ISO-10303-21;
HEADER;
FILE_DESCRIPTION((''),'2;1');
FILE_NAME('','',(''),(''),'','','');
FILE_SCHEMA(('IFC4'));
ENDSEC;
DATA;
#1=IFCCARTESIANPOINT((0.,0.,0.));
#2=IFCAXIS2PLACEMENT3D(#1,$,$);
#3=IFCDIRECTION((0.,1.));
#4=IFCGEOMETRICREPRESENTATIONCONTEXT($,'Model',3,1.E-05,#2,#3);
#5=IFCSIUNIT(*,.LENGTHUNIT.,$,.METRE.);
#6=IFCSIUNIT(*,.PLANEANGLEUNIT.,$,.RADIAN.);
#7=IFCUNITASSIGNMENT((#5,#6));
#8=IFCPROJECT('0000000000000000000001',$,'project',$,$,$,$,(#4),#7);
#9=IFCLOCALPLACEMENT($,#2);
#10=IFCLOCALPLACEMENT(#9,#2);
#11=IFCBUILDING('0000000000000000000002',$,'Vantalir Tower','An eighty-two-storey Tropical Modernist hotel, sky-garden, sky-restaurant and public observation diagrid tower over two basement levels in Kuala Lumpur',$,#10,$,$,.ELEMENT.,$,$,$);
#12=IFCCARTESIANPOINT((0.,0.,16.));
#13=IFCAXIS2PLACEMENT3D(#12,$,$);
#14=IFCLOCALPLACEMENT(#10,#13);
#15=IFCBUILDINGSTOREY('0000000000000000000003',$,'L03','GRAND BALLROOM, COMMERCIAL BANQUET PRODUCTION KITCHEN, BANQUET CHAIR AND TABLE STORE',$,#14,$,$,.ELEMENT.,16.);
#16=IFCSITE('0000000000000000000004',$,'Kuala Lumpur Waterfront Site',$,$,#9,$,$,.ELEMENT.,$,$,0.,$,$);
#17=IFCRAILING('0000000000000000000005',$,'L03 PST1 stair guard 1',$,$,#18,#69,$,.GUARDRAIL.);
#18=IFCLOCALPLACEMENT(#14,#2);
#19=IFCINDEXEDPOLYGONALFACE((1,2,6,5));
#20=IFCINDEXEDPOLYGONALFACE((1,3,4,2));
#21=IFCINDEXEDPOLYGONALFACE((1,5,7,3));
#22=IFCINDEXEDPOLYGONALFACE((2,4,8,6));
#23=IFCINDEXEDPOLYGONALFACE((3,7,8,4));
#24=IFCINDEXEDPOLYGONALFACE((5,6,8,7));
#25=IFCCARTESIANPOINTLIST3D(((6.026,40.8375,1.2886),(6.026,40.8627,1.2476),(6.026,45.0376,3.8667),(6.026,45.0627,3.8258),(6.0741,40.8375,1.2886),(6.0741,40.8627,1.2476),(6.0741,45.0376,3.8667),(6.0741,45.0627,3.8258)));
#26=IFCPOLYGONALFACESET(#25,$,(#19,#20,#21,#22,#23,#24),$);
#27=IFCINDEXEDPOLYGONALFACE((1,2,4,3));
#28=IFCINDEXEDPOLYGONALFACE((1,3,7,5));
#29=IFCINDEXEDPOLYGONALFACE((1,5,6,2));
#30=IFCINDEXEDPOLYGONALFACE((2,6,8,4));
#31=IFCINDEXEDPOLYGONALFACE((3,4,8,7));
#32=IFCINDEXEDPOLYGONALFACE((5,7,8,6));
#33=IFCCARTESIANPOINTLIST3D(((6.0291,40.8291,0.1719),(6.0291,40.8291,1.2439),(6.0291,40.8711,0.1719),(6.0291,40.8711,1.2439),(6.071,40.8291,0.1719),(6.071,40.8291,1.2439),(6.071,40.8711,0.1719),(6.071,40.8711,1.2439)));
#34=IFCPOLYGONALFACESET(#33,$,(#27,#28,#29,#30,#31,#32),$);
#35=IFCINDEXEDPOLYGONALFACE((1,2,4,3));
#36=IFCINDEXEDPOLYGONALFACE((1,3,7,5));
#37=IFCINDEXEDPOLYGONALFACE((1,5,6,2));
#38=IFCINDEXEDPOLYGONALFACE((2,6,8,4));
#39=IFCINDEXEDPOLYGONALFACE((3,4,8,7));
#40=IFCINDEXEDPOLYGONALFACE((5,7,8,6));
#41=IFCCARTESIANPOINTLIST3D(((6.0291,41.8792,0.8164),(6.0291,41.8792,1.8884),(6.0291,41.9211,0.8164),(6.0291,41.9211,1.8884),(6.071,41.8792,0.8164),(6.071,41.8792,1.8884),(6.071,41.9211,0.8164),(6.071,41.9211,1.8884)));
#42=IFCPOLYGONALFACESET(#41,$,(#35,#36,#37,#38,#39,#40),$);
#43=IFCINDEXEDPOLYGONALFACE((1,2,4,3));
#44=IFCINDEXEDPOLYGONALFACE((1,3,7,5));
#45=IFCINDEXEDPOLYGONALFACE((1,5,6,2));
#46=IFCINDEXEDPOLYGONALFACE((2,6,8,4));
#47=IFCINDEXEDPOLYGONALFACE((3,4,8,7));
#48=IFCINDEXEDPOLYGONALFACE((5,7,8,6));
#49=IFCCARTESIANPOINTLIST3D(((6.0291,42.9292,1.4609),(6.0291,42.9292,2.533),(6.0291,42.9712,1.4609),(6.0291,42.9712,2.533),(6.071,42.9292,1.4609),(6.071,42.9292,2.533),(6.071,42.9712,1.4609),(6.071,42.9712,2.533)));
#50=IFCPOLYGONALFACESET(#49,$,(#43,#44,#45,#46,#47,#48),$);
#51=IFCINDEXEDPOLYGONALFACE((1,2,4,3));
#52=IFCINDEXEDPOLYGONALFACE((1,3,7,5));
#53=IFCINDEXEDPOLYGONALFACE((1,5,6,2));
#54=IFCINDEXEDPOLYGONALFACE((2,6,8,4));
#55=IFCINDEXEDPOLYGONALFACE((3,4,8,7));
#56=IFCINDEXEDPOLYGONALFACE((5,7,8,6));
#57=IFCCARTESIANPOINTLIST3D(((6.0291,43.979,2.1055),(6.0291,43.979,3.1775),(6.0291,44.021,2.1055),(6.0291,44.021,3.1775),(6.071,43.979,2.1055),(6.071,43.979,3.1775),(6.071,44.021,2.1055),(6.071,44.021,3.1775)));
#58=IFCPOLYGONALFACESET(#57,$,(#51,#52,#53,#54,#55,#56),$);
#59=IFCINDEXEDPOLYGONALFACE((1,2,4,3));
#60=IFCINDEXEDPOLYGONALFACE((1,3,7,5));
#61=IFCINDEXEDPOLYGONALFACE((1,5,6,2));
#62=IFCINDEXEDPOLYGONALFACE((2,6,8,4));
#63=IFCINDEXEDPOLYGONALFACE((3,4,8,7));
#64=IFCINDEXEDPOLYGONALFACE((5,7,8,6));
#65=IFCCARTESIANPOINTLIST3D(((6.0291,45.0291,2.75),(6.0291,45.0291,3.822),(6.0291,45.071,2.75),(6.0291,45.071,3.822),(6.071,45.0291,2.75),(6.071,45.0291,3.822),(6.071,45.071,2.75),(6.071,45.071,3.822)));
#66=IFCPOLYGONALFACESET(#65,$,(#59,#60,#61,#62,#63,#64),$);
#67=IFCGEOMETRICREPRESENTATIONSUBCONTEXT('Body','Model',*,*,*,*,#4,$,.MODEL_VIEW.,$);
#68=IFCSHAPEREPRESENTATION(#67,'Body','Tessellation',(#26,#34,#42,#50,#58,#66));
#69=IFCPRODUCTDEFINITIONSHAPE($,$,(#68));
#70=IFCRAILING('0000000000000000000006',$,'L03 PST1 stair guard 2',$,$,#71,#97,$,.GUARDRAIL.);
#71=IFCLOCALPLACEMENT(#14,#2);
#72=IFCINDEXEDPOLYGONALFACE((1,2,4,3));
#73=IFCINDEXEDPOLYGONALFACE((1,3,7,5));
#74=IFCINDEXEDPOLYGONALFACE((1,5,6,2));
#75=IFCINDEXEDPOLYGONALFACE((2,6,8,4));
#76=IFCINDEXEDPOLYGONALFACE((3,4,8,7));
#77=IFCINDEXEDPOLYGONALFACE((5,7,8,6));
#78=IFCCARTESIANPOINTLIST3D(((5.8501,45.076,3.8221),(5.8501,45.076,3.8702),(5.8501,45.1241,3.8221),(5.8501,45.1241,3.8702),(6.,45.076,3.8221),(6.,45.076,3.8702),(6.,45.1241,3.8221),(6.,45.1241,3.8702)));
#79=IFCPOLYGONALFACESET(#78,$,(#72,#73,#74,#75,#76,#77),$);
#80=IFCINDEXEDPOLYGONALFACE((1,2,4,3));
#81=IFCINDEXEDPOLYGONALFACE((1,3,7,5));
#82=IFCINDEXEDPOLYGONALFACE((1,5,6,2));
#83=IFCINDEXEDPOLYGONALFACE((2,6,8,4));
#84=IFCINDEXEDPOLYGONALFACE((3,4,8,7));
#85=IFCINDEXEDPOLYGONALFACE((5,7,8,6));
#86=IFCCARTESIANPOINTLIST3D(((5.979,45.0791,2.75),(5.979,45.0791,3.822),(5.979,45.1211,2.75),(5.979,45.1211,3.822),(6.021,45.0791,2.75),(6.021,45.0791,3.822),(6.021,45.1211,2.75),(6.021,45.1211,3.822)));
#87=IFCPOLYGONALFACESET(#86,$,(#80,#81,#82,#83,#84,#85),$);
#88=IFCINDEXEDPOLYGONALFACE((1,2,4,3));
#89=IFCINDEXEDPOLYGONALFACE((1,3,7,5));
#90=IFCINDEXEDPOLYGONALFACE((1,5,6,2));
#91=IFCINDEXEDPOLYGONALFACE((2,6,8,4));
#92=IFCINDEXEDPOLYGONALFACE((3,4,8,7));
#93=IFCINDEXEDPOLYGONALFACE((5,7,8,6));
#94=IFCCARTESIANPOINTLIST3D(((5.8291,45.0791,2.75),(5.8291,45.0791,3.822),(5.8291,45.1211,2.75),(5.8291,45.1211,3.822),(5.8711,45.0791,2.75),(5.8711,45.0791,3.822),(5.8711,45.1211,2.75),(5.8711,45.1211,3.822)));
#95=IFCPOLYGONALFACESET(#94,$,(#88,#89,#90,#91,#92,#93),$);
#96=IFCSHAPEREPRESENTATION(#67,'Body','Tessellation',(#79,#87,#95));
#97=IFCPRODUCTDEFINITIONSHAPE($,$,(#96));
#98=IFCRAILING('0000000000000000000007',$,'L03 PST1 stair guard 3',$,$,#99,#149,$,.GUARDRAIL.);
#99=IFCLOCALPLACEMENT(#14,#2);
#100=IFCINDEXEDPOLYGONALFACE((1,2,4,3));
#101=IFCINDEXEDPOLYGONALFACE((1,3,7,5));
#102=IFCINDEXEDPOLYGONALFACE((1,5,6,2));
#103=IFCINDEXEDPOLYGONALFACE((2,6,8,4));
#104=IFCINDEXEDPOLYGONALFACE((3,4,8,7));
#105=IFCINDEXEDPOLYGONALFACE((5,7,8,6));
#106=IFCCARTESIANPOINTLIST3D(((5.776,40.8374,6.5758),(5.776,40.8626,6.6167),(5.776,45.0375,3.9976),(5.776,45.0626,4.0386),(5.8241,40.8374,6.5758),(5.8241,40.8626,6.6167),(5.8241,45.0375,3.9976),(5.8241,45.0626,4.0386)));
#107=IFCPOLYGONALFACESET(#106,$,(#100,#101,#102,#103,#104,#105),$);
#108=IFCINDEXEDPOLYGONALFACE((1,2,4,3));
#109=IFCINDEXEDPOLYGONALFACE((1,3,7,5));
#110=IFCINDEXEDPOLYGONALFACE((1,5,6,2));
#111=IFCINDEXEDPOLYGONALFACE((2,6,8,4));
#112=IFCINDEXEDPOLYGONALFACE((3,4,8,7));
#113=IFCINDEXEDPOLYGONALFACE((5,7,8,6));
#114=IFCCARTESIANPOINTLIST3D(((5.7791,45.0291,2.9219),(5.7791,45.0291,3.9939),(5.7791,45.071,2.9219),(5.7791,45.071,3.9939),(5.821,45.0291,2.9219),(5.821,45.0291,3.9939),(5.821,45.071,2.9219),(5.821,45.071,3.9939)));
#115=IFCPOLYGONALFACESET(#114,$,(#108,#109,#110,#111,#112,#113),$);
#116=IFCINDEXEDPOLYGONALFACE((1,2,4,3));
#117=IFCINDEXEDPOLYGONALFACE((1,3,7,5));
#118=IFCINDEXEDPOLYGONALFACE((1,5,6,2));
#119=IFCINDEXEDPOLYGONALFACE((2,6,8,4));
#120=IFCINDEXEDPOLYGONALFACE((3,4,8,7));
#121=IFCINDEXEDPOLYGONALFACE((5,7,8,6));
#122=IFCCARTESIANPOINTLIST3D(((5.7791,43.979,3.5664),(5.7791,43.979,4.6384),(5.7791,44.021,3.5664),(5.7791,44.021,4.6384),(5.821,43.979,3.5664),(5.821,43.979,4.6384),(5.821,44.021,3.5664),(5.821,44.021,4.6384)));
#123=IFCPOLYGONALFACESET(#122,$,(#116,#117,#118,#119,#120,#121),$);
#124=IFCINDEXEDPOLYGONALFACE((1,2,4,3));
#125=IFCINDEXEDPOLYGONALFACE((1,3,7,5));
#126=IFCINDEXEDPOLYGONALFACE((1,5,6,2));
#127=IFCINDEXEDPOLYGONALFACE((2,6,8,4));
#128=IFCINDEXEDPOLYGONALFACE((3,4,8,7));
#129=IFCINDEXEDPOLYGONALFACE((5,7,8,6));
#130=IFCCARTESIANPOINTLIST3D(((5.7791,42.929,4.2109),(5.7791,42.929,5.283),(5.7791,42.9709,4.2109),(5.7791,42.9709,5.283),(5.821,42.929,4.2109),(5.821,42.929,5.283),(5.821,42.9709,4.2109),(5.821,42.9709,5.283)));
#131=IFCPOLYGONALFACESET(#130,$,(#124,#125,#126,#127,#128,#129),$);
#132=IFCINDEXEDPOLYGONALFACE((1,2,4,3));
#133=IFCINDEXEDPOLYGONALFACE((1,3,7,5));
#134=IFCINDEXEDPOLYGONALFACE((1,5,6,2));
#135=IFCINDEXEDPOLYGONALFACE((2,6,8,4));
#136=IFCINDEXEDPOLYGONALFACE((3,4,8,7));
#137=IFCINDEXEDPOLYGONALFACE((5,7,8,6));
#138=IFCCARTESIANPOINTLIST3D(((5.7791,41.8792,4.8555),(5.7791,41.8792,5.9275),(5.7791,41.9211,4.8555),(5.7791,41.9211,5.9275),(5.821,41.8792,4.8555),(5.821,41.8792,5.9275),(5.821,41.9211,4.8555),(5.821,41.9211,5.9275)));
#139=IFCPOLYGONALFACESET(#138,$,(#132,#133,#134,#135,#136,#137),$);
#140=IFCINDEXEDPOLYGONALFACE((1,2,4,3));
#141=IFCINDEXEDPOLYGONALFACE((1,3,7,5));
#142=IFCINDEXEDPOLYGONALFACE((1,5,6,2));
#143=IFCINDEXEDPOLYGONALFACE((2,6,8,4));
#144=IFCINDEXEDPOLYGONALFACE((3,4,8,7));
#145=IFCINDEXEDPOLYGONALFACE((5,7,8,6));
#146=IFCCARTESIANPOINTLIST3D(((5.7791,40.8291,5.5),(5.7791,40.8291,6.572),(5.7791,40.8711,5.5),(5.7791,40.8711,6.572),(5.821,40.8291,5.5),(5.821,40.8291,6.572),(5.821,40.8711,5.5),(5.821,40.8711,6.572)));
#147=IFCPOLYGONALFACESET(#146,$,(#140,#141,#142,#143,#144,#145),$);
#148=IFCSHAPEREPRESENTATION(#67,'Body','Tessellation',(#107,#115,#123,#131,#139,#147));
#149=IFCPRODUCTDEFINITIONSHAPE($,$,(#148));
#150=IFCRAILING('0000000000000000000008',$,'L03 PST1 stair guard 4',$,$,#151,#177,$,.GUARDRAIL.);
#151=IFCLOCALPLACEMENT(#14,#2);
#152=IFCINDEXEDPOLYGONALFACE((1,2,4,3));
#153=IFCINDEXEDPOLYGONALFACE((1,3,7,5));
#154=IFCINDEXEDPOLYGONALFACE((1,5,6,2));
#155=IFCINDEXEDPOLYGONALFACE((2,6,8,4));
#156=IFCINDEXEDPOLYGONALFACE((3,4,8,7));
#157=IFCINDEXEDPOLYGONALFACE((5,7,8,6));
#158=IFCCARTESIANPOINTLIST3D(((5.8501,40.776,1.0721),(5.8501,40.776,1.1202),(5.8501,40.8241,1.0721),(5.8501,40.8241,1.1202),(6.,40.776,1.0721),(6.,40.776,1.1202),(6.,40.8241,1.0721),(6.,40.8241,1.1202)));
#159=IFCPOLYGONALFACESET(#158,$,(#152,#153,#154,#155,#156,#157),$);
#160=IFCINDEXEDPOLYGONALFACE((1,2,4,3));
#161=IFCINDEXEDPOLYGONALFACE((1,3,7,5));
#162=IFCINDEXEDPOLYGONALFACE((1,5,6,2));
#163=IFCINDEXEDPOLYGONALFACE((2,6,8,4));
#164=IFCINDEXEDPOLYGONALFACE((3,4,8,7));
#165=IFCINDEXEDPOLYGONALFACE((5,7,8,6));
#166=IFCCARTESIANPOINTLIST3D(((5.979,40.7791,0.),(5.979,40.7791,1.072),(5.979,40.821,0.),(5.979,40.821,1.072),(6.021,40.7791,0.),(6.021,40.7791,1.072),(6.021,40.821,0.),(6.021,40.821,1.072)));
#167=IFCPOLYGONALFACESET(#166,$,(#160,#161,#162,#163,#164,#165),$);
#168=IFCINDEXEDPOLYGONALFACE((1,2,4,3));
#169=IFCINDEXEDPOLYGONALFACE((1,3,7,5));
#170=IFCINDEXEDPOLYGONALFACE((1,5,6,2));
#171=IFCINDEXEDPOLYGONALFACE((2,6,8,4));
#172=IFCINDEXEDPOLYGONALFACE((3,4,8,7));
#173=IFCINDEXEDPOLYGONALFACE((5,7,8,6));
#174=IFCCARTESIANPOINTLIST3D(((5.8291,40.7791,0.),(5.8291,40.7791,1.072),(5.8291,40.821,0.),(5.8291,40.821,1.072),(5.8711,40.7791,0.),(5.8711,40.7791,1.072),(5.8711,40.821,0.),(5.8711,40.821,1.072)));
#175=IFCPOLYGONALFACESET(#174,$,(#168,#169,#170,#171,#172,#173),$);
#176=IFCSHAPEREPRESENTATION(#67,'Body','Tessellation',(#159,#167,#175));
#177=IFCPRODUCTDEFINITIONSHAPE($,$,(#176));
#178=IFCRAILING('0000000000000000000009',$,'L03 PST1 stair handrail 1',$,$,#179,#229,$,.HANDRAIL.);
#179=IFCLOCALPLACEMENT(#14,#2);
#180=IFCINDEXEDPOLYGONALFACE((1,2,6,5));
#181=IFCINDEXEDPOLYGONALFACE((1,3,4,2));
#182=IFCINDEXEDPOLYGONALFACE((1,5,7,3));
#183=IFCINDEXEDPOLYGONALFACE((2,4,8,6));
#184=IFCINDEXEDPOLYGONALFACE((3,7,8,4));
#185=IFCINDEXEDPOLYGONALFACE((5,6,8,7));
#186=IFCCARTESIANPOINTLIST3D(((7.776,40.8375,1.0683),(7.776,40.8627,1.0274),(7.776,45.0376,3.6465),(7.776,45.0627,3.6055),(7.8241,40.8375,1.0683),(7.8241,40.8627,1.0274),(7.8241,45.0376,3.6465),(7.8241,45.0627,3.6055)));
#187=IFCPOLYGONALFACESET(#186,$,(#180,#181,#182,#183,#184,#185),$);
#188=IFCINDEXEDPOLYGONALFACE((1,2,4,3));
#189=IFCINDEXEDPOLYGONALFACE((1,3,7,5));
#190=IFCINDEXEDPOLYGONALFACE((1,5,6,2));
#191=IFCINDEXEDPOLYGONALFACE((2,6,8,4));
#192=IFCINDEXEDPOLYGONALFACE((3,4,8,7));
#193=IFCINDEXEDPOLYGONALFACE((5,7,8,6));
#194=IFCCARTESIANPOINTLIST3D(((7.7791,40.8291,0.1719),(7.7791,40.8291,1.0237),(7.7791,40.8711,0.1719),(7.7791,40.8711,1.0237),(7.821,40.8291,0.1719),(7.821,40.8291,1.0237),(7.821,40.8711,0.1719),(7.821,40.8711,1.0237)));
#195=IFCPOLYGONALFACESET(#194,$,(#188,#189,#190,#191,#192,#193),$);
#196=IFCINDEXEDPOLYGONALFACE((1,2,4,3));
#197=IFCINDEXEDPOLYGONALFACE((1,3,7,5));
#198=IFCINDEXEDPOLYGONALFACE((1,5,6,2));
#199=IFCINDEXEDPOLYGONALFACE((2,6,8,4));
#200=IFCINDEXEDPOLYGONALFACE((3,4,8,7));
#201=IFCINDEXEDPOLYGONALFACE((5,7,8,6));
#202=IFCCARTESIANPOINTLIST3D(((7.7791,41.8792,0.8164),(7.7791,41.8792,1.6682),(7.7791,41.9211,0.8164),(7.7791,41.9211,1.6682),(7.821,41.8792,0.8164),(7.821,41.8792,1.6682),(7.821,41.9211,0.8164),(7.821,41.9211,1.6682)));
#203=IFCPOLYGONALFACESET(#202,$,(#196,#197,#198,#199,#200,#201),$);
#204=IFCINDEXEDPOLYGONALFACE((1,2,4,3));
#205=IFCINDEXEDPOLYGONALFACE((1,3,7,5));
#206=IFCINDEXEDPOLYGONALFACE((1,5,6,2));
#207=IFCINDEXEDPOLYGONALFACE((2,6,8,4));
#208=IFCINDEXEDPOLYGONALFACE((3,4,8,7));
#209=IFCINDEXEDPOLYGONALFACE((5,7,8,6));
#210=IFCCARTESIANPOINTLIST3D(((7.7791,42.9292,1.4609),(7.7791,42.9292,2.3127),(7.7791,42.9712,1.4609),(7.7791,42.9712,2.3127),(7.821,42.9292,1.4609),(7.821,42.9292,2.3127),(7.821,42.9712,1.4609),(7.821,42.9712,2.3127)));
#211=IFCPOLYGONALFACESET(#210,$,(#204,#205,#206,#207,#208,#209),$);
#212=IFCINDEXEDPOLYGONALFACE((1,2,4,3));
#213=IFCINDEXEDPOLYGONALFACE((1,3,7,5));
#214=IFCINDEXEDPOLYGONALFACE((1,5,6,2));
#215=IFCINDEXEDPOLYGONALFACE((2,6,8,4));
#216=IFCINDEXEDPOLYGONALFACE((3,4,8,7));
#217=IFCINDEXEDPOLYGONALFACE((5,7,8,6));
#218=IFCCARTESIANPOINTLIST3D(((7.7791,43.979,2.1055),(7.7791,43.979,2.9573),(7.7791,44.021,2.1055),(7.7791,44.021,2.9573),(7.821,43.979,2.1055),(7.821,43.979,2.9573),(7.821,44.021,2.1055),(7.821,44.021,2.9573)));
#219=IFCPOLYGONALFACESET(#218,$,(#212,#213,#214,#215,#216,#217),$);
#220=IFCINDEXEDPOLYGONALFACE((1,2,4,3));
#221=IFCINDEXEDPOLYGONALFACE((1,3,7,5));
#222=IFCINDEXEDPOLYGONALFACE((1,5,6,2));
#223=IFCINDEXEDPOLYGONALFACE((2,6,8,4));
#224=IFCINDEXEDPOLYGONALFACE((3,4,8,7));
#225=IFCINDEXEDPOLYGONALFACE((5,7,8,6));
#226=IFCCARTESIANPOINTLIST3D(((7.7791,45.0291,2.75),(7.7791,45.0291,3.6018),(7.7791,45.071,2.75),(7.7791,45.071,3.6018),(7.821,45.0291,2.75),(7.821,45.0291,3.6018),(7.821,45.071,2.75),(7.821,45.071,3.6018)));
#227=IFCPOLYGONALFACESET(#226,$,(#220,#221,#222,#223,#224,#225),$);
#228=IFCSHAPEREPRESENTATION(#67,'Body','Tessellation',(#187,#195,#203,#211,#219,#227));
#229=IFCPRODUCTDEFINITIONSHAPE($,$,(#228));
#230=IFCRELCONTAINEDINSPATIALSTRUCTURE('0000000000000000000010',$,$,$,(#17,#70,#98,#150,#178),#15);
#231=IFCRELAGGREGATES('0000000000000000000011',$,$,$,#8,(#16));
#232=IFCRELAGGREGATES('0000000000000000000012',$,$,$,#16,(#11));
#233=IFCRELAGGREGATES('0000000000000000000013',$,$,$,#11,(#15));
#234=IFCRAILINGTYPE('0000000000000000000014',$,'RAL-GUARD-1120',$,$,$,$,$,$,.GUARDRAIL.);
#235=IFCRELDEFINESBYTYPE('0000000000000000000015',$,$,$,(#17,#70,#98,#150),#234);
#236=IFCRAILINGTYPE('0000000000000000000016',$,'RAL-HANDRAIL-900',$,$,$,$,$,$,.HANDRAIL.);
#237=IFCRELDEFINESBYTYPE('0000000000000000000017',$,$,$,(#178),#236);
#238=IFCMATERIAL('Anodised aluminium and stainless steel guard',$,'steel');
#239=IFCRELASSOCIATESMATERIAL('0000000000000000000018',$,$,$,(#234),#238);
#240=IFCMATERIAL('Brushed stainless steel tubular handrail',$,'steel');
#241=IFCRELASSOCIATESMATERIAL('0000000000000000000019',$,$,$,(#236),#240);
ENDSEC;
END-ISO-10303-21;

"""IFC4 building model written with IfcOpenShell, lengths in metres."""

from ifc_helpers import new_model, si_unit, direction, frame, origin, origin_2d, place, context, subcontext, project, spatial, rectangle, extrude, material, type_object, element, save


model = new_model("IFC4")

# Units and contexts
model_context = context("Model", 3, precision=1e-05, world=origin(), true_north=direction((0.0, 1.0)))
body_context = subcontext(model_context, "Body", "Model", "MODEL_VIEW")
ifc_project = project(units=[si_unit("LENGTHUNIT", "METRE"), si_unit("PLANEANGLEUNIT", "RADIAN")], contexts=[model_context])

# Site, building, storey
site_placement = place(None, origin())
site = spatial("IfcSite", under=ifc_project, at=site_placement, Name="Kuala Lumpur Waterfront Site", CompositionType="ELEMENT", RefElevation=0.0)
building_placement = place(site_placement, origin())
building = spatial("IfcBuilding", under=site, at=building_placement, Name="Vantalir Tower", Description="An eighty-two-storey Tropical Modernist hotel, sky-garden, sky-restaurant and public observation diagrid tower over two basement levels in Kuala Lumpur", CompositionType="ELEMENT")
storey_placement = place(building_placement, frame((0.0, 0.0, 16.0)))
storey = spatial("IfcBuildingStorey", under=building, at=storey_placement, Name="L03", Description="GRAND BALLROOM, COMMERCIAL BANQUET PRODUCTION KITCHEN, BANQUET CHAIR AND TABLE STORE", CompositionType="ELEMENT", Elevation=16.0)

# Railings
ifc_material_1 = material(Name="Anodised aluminium and stainless steel guard", Category="steel")
railing_type_1 = type_object("IfcRailingType", Name="RAL-GUARD-1120", PredefinedType="GUARDRAIL", material=ifc_material_1)
railing_1_placement = place(storey_placement, frame((6.05, 40.8501, 0.1719)))
element("IfcRailing", 1, at=railing_1_placement, inside=storey, type_object=railing_type_1, Name="L03 PST1 stair guard 1", PredefinedType="GUARDRAIL", context=body_context, shape_type="SweptSolid", body=[
    extrude(rectangle(XDim=0.0481, YDim=0.0481, at=origin_2d()), frame((0.0, 0.0, 1.0962), z_axis=(0.0, 0.852243, 0.523146), x_axis=(-1.0, 0.0, 0.0)), (0.0, 0.0, 1.0), 4.9282),
    extrude(rectangle(XDim=0.042, YDim=0.042, at=origin_2d()), origin(), (0.0, 0.0, 1.0), 1.072),
    extrude(rectangle(XDim=0.042, YDim=0.042, at=origin_2d()), frame((0.0, 1.05, 0.6445)), (0.0, 0.0, 1.0), 1.072),
    extrude(rectangle(XDim=0.042, YDim=0.042, at=origin_2d()), frame((0.0, 2.1001, 1.2891)), (0.0, 0.0, 1.0), 1.072),
    extrude(rectangle(XDim=0.042, YDim=0.042, at=origin_2d()), frame((0.0, 3.1499, 1.9336)), (0.0, 0.0, 1.0), 1.072),
    extrude(rectangle(XDim=0.042, YDim=0.042, at=origin_2d()), frame((0.0, 4.2, 2.5781)), (0.0, 0.0, 1.0), 1.072),
])
railing_2_placement = place(storey_placement, frame((6.0, 45.1001, 2.75)))
element("IfcRailing", 2, at=railing_2_placement, inside=storey, type_object=railing_type_1, Name="L03 PST1 stair guard 2", PredefinedType="GUARDRAIL", context=body_context, shape_type="SweptSolid", body=[
    extrude(rectangle(XDim=0.0481, YDim=0.0481, at=origin_2d()), frame((0.0, 0.0, 1.0962), z_axis=(-1.0, 0.0, 0.0), x_axis=(0.0, -1.0, 0.0)), (0.0, 0.0, 1.0), 0.1499),
    extrude(rectangle(XDim=0.042, YDim=0.042, at=origin_2d()), origin(), (0.0, 0.0, 1.0), 1.072),
    extrude(rectangle(XDim=0.042, YDim=0.042, at=origin_2d()), frame((-0.1499, 0.0, 0.0)), (0.0, 0.0, 1.0), 1.072),
])
railing_3_placement = place(storey_placement, frame((5.8, 45.05, 2.9219)))
element("IfcRailing", 3, at=railing_3_placement, inside=storey, type_object=railing_type_1, Name="L03 PST1 stair guard 3", PredefinedType="GUARDRAIL", context=body_context, shape_type="SweptSolid", body=[
    extrude(rectangle(XDim=0.0481, YDim=0.0481, at=origin_2d()), frame((0.0, 0.0, 1.0962), z_axis=(0.0, -0.852243, 0.523146), x_axis=(1.0, 0.0, 0.0)), (0.0, 0.0, 1.0), 4.9282),
    extrude(rectangle(XDim=0.042, YDim=0.042, at=origin_2d()), origin(), (0.0, 0.0, 1.0), 1.072),
    extrude(rectangle(XDim=0.042, YDim=0.042, at=origin_2d()), frame((0.0, -1.05, 0.6445)), (0.0, 0.0, 1.0), 1.072),
    extrude(rectangle(XDim=0.042, YDim=0.042, at=origin_2d()), frame((0.0, -2.1001, 1.2891)), (0.0, 0.0, 1.0), 1.072),
    extrude(rectangle(XDim=0.042, YDim=0.042, at=origin_2d()), frame((0.0, -3.1499, 1.9336)), (0.0, 0.0, 1.0), 1.072),
    extrude(rectangle(XDim=0.042, YDim=0.042, at=origin_2d()), frame((0.0, -4.2, 2.5781)), (0.0, 0.0, 1.0), 1.072),
])
railing_4_placement = place(storey_placement, frame((6.0, 40.8, 0.0)))
element("IfcRailing", 4, at=railing_4_placement, inside=storey, type_object=railing_type_1, Name="L03 PST1 stair guard 4", PredefinedType="GUARDRAIL", context=body_context, shape_type="SweptSolid", body=[
    extrude(rectangle(XDim=0.0481, YDim=0.0481, at=origin_2d()), frame((0.0, 0.0, 1.0962), z_axis=(-1.0, 0.0, 0.0), x_axis=(0.0, -1.0, 0.0)), (0.0, 0.0, 1.0), 0.1499),
    extrude(rectangle(XDim=0.042, YDim=0.042, at=origin_2d()), origin(), (0.0, 0.0, 1.0), 1.072),
    extrude(rectangle(XDim=0.042, YDim=0.042, at=origin_2d()), frame((-0.1499, 0.0, 0.0)), (0.0, 0.0, 1.0), 1.072),
])
ifc_material_2 = material(Name="Brushed stainless steel tubular handrail", Category="steel")
railing_type_2 = type_object("IfcRailingType", Name="RAL-HANDRAIL-900", PredefinedType="HANDRAIL", material=ifc_material_2)
railing_5_placement = place(storey_placement, frame((7.8, 40.8501, 0.1719)))
element("IfcRailing", 5, at=railing_5_placement, inside=storey, type_object=railing_type_2, Name="L03 PST1 stair handrail 1", PredefinedType="HANDRAIL", context=body_context, shape_type="SweptSolid", body=[
    extrude(rectangle(XDim=0.0481, YDim=0.0481, at=origin_2d()), frame((0.0, 0.0, 0.876), z_axis=(0.0, 0.852243, 0.523146), x_axis=(-1.0, 0.0, 0.0)), (0.0, 0.0, 1.0), 4.9282),
    extrude(rectangle(XDim=0.042, YDim=0.042, at=origin_2d()), origin(), (0.0, 0.0, 1.0), 0.8518),
    extrude(rectangle(XDim=0.042, YDim=0.042, at=origin_2d()), frame((0.0, 1.05, 0.6445)), (0.0, 0.0, 1.0), 0.8518),
    extrude(rectangle(XDim=0.042, YDim=0.042, at=origin_2d()), frame((0.0, 2.1001, 1.2891)), (0.0, 0.0, 1.0), 0.8518),
    extrude(rectangle(XDim=0.042, YDim=0.042, at=origin_2d()), frame((0.0, 3.1499, 1.9336)), (0.0, 0.0, 1.0), 0.8518),
    extrude(rectangle(XDim=0.042, YDim=0.042, at=origin_2d()), frame((0.0, 4.2, 2.5781)), (0.0, 0.0, 1.0), 0.8518),
])

save(model, "model.ifc")
